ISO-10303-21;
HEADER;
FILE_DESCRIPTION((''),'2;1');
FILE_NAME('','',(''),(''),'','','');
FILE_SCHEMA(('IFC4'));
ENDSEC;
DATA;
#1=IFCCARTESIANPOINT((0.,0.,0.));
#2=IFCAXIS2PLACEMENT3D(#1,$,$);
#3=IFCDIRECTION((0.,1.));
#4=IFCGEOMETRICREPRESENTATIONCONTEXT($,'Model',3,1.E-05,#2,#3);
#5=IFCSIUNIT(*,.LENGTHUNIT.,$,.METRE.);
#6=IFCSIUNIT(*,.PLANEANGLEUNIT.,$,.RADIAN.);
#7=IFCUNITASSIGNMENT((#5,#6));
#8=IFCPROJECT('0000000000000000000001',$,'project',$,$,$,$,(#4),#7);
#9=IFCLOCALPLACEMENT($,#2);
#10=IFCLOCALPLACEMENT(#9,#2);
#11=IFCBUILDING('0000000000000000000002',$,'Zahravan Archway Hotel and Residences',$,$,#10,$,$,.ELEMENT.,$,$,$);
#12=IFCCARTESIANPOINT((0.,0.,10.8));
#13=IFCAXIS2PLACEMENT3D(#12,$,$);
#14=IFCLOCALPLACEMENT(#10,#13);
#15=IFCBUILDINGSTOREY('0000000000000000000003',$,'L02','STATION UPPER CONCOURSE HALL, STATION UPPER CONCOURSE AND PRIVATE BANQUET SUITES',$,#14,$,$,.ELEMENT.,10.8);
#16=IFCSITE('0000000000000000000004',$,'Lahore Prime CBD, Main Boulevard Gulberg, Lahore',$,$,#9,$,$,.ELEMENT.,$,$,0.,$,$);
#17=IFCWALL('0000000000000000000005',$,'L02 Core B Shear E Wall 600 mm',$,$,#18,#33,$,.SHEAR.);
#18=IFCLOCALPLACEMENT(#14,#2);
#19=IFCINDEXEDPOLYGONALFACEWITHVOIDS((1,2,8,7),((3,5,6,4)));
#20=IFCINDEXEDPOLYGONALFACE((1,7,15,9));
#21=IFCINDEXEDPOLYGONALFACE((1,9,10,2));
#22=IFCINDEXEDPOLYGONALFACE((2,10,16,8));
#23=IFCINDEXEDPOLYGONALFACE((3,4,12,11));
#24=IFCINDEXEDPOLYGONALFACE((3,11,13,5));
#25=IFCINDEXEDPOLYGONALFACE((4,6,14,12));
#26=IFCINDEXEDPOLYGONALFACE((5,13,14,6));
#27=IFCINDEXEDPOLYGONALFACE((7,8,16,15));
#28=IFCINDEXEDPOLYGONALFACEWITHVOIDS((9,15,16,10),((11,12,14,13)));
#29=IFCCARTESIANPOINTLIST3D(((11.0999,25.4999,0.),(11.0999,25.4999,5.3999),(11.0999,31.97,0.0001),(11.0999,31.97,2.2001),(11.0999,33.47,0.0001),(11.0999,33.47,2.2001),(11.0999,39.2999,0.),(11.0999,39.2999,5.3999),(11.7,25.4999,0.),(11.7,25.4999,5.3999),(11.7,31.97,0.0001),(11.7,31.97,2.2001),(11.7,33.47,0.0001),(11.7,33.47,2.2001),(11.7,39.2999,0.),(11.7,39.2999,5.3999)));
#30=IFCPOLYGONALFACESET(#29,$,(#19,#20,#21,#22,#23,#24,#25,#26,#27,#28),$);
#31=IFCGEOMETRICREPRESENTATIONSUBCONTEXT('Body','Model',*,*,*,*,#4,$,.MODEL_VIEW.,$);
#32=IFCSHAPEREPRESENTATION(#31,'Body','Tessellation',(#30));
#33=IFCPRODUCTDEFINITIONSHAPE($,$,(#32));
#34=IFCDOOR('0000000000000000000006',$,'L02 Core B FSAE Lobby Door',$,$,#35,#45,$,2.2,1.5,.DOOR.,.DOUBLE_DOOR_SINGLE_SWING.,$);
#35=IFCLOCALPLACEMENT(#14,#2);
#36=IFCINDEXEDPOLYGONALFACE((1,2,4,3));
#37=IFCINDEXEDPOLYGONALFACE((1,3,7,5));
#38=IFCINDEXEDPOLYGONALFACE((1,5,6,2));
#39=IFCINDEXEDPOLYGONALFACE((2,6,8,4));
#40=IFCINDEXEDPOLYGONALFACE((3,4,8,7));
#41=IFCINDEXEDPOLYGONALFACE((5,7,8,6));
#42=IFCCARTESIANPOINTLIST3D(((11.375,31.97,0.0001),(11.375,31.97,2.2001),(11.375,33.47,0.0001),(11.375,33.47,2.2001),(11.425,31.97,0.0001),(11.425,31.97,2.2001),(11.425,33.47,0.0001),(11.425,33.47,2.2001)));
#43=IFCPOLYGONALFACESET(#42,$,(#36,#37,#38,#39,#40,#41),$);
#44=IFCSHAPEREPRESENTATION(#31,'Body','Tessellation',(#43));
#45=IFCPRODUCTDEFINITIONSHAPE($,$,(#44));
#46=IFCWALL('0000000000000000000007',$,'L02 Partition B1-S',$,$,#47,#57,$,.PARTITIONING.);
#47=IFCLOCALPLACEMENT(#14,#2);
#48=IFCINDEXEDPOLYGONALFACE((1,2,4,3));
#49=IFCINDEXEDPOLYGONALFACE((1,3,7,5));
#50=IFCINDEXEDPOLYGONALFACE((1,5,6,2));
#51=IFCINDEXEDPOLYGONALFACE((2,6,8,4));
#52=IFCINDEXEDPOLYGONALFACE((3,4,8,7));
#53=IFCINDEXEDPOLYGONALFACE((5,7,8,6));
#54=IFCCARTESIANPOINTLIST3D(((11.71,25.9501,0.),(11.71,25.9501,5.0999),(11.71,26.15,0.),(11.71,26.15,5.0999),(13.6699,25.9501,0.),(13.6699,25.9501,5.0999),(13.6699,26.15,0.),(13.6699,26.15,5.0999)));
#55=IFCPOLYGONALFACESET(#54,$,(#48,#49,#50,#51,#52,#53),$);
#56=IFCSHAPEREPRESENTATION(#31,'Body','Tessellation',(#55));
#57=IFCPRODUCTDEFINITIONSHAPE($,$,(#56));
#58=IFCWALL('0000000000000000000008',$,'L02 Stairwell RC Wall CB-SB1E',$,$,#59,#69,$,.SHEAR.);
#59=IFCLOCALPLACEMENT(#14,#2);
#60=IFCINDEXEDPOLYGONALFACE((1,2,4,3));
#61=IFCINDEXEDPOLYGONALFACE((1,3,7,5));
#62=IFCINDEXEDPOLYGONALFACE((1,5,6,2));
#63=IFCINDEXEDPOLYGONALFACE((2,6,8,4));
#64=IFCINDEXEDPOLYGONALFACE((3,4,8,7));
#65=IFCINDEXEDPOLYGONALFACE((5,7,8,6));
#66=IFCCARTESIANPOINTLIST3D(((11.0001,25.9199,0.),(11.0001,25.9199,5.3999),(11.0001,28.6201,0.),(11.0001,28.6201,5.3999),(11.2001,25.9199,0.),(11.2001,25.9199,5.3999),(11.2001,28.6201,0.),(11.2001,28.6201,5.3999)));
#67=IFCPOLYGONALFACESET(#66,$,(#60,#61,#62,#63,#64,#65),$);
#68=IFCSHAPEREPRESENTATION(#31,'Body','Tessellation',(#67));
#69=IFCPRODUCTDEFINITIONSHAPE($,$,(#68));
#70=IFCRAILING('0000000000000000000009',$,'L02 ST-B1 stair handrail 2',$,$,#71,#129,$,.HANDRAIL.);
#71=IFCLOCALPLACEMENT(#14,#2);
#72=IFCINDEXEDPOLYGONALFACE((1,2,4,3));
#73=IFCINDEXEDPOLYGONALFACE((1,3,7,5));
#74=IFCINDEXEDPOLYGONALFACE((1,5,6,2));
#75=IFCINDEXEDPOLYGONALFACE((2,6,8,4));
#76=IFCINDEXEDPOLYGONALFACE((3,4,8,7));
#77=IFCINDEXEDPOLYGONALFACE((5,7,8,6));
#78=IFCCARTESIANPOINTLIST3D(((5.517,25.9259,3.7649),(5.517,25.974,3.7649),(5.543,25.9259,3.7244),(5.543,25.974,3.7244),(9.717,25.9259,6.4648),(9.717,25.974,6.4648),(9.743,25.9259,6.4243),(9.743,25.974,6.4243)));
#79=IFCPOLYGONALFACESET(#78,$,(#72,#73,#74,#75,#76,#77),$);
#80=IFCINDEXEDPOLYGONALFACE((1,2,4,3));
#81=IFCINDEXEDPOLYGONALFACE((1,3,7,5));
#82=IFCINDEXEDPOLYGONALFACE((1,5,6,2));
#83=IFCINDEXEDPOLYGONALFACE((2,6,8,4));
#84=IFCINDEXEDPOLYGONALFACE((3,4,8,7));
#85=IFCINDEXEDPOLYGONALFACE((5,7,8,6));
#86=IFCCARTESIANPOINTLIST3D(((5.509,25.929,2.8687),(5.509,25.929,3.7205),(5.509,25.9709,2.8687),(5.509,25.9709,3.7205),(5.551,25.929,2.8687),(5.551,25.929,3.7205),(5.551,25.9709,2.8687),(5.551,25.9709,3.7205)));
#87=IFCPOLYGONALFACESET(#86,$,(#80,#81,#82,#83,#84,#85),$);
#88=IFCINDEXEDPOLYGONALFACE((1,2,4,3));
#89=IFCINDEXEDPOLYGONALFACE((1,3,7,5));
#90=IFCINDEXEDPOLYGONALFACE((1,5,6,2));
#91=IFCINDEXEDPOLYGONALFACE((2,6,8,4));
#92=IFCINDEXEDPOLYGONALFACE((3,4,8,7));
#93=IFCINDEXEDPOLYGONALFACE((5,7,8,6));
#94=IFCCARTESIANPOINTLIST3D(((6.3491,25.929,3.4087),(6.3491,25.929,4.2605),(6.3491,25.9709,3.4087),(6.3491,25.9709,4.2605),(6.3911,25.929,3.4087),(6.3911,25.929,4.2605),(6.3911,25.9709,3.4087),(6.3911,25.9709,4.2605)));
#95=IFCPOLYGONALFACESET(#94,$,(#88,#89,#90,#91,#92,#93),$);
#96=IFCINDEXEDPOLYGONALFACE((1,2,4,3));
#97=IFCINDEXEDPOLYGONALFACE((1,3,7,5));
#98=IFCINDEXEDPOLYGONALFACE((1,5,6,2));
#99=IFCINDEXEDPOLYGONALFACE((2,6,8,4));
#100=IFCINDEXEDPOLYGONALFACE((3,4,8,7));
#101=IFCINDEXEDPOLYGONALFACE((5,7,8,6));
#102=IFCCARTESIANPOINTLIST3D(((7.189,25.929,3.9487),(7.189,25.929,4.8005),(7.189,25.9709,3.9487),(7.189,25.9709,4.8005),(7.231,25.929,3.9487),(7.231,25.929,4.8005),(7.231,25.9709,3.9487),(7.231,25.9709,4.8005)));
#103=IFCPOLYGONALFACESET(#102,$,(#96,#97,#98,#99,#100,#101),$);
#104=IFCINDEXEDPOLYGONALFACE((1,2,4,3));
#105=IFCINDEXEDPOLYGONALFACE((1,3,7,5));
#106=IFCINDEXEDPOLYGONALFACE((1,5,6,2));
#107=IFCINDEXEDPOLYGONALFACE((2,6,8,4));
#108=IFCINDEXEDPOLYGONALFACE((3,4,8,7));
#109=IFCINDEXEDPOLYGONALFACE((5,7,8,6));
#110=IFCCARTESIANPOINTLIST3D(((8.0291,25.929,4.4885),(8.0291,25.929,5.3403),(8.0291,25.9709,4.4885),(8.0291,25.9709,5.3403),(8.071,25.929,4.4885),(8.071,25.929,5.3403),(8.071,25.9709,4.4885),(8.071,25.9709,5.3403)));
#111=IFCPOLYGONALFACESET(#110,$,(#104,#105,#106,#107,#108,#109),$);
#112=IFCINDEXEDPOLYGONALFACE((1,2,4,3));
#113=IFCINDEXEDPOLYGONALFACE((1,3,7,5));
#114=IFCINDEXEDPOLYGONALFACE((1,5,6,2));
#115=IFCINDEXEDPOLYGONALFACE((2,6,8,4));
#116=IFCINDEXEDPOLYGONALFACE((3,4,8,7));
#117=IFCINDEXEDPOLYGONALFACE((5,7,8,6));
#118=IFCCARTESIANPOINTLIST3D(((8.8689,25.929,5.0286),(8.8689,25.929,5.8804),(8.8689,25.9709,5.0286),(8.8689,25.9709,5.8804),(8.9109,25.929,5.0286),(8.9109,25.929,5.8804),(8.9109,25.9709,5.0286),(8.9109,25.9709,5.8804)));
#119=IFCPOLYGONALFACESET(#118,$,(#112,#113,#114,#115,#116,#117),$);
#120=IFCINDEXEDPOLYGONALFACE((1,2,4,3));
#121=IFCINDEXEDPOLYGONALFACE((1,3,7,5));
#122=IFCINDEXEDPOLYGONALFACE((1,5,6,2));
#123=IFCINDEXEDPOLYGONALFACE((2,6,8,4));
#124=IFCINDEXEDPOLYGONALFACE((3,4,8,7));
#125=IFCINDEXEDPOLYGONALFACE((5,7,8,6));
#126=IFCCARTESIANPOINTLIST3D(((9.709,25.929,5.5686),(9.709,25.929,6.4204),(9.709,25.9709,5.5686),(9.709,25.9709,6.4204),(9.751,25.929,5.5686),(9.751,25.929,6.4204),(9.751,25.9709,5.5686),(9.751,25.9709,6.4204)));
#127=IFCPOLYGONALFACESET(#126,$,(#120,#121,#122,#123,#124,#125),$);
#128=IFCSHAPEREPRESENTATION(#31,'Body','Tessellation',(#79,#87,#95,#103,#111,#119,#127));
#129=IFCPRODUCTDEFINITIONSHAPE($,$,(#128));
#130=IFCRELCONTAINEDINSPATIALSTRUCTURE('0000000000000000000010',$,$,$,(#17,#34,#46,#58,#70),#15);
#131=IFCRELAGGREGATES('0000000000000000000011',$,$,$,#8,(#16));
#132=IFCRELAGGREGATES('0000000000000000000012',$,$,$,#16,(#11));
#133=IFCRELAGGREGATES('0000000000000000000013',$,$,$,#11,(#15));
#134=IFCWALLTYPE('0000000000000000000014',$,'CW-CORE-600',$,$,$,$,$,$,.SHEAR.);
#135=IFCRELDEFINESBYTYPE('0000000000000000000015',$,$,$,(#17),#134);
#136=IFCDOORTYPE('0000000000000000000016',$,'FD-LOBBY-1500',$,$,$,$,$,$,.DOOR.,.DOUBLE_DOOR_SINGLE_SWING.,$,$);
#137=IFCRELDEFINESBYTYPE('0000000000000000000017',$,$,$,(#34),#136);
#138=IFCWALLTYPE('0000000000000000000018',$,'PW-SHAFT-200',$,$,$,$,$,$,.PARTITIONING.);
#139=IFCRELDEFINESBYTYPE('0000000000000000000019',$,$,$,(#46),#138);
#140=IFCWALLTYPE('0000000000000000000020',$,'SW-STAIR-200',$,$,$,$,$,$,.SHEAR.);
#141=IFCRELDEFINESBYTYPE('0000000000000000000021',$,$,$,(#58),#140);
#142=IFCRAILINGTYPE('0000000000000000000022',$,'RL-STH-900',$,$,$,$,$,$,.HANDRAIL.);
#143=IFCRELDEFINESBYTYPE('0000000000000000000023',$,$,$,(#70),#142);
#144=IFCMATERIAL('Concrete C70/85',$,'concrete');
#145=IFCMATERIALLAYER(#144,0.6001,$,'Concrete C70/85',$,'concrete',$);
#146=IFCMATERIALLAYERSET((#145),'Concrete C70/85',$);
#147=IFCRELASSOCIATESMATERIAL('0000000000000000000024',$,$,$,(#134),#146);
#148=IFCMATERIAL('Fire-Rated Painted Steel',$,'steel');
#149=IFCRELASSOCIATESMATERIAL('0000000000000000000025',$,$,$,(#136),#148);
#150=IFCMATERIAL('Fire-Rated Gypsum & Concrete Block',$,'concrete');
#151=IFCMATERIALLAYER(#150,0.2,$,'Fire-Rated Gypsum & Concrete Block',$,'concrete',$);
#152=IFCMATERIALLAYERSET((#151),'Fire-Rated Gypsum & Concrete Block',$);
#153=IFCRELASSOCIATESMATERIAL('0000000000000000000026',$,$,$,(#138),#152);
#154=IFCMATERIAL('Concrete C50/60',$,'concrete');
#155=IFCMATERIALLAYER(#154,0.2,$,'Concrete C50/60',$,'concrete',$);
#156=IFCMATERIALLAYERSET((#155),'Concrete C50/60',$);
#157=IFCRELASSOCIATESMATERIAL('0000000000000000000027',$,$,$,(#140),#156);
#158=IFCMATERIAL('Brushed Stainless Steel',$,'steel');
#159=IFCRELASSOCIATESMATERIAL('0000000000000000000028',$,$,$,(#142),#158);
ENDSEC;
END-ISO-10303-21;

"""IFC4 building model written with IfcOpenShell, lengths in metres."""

from ifc_helpers import new_model, si_unit, direction, frame, frame_2d, origin, origin_2d, place, context, subcontext, project, spatial, rectangle, extrude, source, transform, mapped, material, layer, layer_set, type_object, type_shapes, element, fill, save


model = new_model("IFC4")

# Units and contexts
model_context = context("Model", 3, precision=1e-05, world=origin(), true_north=direction((0.0, 1.0)))
body_context = subcontext(model_context, "Body", "Model", "MODEL_VIEW")
ifc_project = project(units=[si_unit("LENGTHUNIT", "METRE"), si_unit("PLANEANGLEUNIT", "RADIAN")], contexts=[model_context])

# Site, building, storey
site_placement = place(None, origin())
site = spatial("IfcSite", under=ifc_project, at=site_placement, Name="Lahore Prime CBD, Main Boulevard Gulberg, Lahore", CompositionType="ELEMENT", RefElevation=0.0)
building_placement = place(site_placement, origin())
building = spatial("IfcBuilding", under=site, at=building_placement, Name="Zahravan Archway Hotel and Residences", CompositionType="ELEMENT")
storey_placement = place(building_placement, frame((0.0, 0.0, 10.8)))
storey = spatial("IfcBuildingStorey", under=building, at=storey_placement, Name="L02", Description="STATION UPPER CONCOURSE HALL, STATION UPPER CONCOURSE AND PRIVATE BANQUET SUITES", CompositionType="ELEMENT", Elevation=10.8)

# Shared definitions
ifc_material_1 = material(Name="Concrete C70/85", Category="concrete")

# Wall, opening, door
ifc_layer_1 = layer(ifc_material_1, 0.6001, Name="Concrete C70/85", Category="concrete")
ifc_layer_set_1 = layer_set([ifc_layer_1], Name="Concrete C70/85")
wall_type_1 = type_object("IfcWallType", Name="CW-CORE-600", PredefinedType="SHEAR", material=ifc_layer_set_1)
wall_1_placement = place(storey_placement, frame((11.3999, 25.5, 0.0), z_axis=(0.0, 0.0, 1.0), x_axis=(0.0, 1.0, 0.0)))
wall_1 = element("IfcWall", 1, at=wall_1_placement, inside=storey, type_object=wall_type_1, Name="L02 Core B Shear E Wall 600 mm", PredefinedType="SHEAR", context=body_context, shape_type="SweptSolid", body=[
    extrude(rectangle(XDim=13.8, YDim=0.6001, at=frame_2d((6.8999, 0.0))), origin(), (0.0, 0.0, 1.0), 5.3999),
])
opening_placement = place(wall_1_placement, frame((6.47, 0.0, 0.0)))
opening = element("IfcOpeningElement", 2, at=opening_placement, cuts=wall_1, PredefinedType="OPENING", context=body_context, shape_type="SweptSolid", body=[
    extrude(rectangle(XDim=1.5, YDim=2.2, at=frame_2d((0.75, 1.1001))), frame((0.0, 0.3101, 0.0), z_axis=(0.0, -1.0, 0.0), x_axis=(1.0, 0.0, 0.0)), (0.0, 0.0, 1.0), 0.6201),
])
ifc_material_2 = material(Name="Fire-Rated Painted Steel", Category="steel")
door_type = type_object("IfcDoorType", Name="FD-LOBBY-1500", OperationType="DOUBLE_DOOR_SINGLE_SWING", PredefinedType="DOOR", material=ifc_material_2)
shared_shape_1 = source(origin(), body_context, "Body", "SweptSolid", [
    extrude(rectangle(XDim=1.5, YDim=2.2, at=frame_2d((0.75, 1.1001))), frame((0.0, 0.0249, 0.0), z_axis=(0.0, -1.0, 0.0), x_axis=(1.0, 0.0, 0.0)), (0.0, 0.0, 1.0), 0.05),
])
type_shapes(door_type, [shared_shape_1])
door_placement = place(opening_placement, origin())
door = element("IfcDoor", 3, at=door_placement, inside=storey, type_object=door_type, Name="L02 Core B FSAE Lobby Door", OperationType="DOUBLE_DOOR_SINGLE_SWING", OverallHeight=2.2, OverallWidth=1.5, PredefinedType="DOOR", context=body_context, shape_type="MappedRepresentation", body=[
    mapped(shared_shape_1, transform((0.0, 0.0, 0.0), scale=1.0)),
])
fill(opening, door)

# Walls
ifc_material_3 = material(Name="Fire-Rated Gypsum & Concrete Block", Category="concrete")
ifc_layer_2 = layer(ifc_material_3, 0.2, Name="Fire-Rated Gypsum & Concrete Block", Category="concrete")
ifc_layer_set_2 = layer_set([ifc_layer_2], Name="Fire-Rated Gypsum & Concrete Block")
wall_type_2 = type_object("IfcWallType", Name="PW-SHAFT-200", PredefinedType="PARTITIONING", material=ifc_layer_set_2)
wall_2_placement = place(storey_placement, frame((11.71, 26.05, 0.0), z_axis=(0.0, 0.0, 1.0), x_axis=(1.0, 0.0, 0.0)))
element("IfcWall", 4, at=wall_2_placement, inside=storey, type_object=wall_type_2, Name="L02 Partition B1-S", PredefinedType="PARTITIONING", context=body_context, shape_type="SweptSolid", body=[
    extrude(rectangle(XDim=1.96, YDim=0.2, at=frame_2d((0.98, 0.0))), origin(), (0.0, 0.0, 1.0), 5.0999),
])
ifc_material_4 = material(Name="Concrete C50/60", Category="concrete")
ifc_layer_3 = layer(ifc_material_4, 0.2, Name="Concrete C50/60", Category="concrete")
ifc_layer_set_3 = layer_set([ifc_layer_3], Name="Concrete C50/60")
wall_type_3 = type_object("IfcWallType", Name="SW-STAIR-200", PredefinedType="SHEAR", material=ifc_layer_set_3)
wall_3_placement = place(storey_placement, frame((11.1001, 25.9199, 0.0), z_axis=(0.0, 0.0, 1.0), x_axis=(0.0, 1.0, 0.0)))
element("IfcWall", 5, at=wall_3_placement, inside=storey, type_object=wall_type_3, Name="L02 Stairwell RC Wall CB-SB1E", PredefinedType="SHEAR", context=body_context, shape_type="SweptSolid", body=[
    extrude(rectangle(XDim=2.7002, YDim=0.2, at=frame_2d((1.3501, 0.0))), origin(), (0.0, 0.0, 1.0), 5.3999),
])

# Railing
ifc_material_5 = material(Name="Brushed Stainless Steel", Category="steel")
railing_type = type_object("IfcRailingType", Name="RL-STH-900", PredefinedType="HANDRAIL", material=ifc_material_5)
railing_placement = place(storey_placement, frame((5.53, 25.95, 2.8687)))
element("IfcRailing", 6, at=railing_placement, inside=storey, type_object=railing_type, Name="L02 ST-B1 stair handrail 2", PredefinedType="HANDRAIL", context=body_context, shape_type="SweptSolid", body=[
    extrude(rectangle(XDim=0.0481, YDim=0.0481, at=origin_2d()), frame((0.0, 0.0, 0.876), z_axis=(0.84118, 0.0, 0.540755), x_axis=(0.0, 1.0, 0.0)), (0.0, 0.0, 1.0), 4.9929),
    extrude(rectangle(XDim=0.042, YDim=0.042, at=origin_2d()), origin(), (0.0, 0.0, 1.0), 0.8518),
    extrude(rectangle(XDim=0.042, YDim=0.042, at=origin_2d()), frame((0.8401, 0.0, 0.54)), (0.0, 0.0, 1.0), 0.8518),
    extrude(rectangle(XDim=0.042, YDim=0.042, at=origin_2d()), frame((1.6799, 0.0, 1.0801)), (0.0, 0.0, 1.0), 0.8518),
    extrude(rectangle(XDim=0.042, YDim=0.042, at=origin_2d()), frame((2.52, 0.0, 1.6199)), (0.0, 0.0, 1.0), 0.8518),
    extrude(rectangle(XDim=0.042, YDim=0.042, at=origin_2d()), frame((3.3599, 0.0, 2.1599)), (0.0, 0.0, 1.0), 0.8518),
    extrude(rectangle(XDim=0.042, YDim=0.042, at=origin_2d()), frame((4.2, 0.0, 2.7)), (0.0, 0.0, 1.0), 0.8518),
])

save(model, "model.ifc")
